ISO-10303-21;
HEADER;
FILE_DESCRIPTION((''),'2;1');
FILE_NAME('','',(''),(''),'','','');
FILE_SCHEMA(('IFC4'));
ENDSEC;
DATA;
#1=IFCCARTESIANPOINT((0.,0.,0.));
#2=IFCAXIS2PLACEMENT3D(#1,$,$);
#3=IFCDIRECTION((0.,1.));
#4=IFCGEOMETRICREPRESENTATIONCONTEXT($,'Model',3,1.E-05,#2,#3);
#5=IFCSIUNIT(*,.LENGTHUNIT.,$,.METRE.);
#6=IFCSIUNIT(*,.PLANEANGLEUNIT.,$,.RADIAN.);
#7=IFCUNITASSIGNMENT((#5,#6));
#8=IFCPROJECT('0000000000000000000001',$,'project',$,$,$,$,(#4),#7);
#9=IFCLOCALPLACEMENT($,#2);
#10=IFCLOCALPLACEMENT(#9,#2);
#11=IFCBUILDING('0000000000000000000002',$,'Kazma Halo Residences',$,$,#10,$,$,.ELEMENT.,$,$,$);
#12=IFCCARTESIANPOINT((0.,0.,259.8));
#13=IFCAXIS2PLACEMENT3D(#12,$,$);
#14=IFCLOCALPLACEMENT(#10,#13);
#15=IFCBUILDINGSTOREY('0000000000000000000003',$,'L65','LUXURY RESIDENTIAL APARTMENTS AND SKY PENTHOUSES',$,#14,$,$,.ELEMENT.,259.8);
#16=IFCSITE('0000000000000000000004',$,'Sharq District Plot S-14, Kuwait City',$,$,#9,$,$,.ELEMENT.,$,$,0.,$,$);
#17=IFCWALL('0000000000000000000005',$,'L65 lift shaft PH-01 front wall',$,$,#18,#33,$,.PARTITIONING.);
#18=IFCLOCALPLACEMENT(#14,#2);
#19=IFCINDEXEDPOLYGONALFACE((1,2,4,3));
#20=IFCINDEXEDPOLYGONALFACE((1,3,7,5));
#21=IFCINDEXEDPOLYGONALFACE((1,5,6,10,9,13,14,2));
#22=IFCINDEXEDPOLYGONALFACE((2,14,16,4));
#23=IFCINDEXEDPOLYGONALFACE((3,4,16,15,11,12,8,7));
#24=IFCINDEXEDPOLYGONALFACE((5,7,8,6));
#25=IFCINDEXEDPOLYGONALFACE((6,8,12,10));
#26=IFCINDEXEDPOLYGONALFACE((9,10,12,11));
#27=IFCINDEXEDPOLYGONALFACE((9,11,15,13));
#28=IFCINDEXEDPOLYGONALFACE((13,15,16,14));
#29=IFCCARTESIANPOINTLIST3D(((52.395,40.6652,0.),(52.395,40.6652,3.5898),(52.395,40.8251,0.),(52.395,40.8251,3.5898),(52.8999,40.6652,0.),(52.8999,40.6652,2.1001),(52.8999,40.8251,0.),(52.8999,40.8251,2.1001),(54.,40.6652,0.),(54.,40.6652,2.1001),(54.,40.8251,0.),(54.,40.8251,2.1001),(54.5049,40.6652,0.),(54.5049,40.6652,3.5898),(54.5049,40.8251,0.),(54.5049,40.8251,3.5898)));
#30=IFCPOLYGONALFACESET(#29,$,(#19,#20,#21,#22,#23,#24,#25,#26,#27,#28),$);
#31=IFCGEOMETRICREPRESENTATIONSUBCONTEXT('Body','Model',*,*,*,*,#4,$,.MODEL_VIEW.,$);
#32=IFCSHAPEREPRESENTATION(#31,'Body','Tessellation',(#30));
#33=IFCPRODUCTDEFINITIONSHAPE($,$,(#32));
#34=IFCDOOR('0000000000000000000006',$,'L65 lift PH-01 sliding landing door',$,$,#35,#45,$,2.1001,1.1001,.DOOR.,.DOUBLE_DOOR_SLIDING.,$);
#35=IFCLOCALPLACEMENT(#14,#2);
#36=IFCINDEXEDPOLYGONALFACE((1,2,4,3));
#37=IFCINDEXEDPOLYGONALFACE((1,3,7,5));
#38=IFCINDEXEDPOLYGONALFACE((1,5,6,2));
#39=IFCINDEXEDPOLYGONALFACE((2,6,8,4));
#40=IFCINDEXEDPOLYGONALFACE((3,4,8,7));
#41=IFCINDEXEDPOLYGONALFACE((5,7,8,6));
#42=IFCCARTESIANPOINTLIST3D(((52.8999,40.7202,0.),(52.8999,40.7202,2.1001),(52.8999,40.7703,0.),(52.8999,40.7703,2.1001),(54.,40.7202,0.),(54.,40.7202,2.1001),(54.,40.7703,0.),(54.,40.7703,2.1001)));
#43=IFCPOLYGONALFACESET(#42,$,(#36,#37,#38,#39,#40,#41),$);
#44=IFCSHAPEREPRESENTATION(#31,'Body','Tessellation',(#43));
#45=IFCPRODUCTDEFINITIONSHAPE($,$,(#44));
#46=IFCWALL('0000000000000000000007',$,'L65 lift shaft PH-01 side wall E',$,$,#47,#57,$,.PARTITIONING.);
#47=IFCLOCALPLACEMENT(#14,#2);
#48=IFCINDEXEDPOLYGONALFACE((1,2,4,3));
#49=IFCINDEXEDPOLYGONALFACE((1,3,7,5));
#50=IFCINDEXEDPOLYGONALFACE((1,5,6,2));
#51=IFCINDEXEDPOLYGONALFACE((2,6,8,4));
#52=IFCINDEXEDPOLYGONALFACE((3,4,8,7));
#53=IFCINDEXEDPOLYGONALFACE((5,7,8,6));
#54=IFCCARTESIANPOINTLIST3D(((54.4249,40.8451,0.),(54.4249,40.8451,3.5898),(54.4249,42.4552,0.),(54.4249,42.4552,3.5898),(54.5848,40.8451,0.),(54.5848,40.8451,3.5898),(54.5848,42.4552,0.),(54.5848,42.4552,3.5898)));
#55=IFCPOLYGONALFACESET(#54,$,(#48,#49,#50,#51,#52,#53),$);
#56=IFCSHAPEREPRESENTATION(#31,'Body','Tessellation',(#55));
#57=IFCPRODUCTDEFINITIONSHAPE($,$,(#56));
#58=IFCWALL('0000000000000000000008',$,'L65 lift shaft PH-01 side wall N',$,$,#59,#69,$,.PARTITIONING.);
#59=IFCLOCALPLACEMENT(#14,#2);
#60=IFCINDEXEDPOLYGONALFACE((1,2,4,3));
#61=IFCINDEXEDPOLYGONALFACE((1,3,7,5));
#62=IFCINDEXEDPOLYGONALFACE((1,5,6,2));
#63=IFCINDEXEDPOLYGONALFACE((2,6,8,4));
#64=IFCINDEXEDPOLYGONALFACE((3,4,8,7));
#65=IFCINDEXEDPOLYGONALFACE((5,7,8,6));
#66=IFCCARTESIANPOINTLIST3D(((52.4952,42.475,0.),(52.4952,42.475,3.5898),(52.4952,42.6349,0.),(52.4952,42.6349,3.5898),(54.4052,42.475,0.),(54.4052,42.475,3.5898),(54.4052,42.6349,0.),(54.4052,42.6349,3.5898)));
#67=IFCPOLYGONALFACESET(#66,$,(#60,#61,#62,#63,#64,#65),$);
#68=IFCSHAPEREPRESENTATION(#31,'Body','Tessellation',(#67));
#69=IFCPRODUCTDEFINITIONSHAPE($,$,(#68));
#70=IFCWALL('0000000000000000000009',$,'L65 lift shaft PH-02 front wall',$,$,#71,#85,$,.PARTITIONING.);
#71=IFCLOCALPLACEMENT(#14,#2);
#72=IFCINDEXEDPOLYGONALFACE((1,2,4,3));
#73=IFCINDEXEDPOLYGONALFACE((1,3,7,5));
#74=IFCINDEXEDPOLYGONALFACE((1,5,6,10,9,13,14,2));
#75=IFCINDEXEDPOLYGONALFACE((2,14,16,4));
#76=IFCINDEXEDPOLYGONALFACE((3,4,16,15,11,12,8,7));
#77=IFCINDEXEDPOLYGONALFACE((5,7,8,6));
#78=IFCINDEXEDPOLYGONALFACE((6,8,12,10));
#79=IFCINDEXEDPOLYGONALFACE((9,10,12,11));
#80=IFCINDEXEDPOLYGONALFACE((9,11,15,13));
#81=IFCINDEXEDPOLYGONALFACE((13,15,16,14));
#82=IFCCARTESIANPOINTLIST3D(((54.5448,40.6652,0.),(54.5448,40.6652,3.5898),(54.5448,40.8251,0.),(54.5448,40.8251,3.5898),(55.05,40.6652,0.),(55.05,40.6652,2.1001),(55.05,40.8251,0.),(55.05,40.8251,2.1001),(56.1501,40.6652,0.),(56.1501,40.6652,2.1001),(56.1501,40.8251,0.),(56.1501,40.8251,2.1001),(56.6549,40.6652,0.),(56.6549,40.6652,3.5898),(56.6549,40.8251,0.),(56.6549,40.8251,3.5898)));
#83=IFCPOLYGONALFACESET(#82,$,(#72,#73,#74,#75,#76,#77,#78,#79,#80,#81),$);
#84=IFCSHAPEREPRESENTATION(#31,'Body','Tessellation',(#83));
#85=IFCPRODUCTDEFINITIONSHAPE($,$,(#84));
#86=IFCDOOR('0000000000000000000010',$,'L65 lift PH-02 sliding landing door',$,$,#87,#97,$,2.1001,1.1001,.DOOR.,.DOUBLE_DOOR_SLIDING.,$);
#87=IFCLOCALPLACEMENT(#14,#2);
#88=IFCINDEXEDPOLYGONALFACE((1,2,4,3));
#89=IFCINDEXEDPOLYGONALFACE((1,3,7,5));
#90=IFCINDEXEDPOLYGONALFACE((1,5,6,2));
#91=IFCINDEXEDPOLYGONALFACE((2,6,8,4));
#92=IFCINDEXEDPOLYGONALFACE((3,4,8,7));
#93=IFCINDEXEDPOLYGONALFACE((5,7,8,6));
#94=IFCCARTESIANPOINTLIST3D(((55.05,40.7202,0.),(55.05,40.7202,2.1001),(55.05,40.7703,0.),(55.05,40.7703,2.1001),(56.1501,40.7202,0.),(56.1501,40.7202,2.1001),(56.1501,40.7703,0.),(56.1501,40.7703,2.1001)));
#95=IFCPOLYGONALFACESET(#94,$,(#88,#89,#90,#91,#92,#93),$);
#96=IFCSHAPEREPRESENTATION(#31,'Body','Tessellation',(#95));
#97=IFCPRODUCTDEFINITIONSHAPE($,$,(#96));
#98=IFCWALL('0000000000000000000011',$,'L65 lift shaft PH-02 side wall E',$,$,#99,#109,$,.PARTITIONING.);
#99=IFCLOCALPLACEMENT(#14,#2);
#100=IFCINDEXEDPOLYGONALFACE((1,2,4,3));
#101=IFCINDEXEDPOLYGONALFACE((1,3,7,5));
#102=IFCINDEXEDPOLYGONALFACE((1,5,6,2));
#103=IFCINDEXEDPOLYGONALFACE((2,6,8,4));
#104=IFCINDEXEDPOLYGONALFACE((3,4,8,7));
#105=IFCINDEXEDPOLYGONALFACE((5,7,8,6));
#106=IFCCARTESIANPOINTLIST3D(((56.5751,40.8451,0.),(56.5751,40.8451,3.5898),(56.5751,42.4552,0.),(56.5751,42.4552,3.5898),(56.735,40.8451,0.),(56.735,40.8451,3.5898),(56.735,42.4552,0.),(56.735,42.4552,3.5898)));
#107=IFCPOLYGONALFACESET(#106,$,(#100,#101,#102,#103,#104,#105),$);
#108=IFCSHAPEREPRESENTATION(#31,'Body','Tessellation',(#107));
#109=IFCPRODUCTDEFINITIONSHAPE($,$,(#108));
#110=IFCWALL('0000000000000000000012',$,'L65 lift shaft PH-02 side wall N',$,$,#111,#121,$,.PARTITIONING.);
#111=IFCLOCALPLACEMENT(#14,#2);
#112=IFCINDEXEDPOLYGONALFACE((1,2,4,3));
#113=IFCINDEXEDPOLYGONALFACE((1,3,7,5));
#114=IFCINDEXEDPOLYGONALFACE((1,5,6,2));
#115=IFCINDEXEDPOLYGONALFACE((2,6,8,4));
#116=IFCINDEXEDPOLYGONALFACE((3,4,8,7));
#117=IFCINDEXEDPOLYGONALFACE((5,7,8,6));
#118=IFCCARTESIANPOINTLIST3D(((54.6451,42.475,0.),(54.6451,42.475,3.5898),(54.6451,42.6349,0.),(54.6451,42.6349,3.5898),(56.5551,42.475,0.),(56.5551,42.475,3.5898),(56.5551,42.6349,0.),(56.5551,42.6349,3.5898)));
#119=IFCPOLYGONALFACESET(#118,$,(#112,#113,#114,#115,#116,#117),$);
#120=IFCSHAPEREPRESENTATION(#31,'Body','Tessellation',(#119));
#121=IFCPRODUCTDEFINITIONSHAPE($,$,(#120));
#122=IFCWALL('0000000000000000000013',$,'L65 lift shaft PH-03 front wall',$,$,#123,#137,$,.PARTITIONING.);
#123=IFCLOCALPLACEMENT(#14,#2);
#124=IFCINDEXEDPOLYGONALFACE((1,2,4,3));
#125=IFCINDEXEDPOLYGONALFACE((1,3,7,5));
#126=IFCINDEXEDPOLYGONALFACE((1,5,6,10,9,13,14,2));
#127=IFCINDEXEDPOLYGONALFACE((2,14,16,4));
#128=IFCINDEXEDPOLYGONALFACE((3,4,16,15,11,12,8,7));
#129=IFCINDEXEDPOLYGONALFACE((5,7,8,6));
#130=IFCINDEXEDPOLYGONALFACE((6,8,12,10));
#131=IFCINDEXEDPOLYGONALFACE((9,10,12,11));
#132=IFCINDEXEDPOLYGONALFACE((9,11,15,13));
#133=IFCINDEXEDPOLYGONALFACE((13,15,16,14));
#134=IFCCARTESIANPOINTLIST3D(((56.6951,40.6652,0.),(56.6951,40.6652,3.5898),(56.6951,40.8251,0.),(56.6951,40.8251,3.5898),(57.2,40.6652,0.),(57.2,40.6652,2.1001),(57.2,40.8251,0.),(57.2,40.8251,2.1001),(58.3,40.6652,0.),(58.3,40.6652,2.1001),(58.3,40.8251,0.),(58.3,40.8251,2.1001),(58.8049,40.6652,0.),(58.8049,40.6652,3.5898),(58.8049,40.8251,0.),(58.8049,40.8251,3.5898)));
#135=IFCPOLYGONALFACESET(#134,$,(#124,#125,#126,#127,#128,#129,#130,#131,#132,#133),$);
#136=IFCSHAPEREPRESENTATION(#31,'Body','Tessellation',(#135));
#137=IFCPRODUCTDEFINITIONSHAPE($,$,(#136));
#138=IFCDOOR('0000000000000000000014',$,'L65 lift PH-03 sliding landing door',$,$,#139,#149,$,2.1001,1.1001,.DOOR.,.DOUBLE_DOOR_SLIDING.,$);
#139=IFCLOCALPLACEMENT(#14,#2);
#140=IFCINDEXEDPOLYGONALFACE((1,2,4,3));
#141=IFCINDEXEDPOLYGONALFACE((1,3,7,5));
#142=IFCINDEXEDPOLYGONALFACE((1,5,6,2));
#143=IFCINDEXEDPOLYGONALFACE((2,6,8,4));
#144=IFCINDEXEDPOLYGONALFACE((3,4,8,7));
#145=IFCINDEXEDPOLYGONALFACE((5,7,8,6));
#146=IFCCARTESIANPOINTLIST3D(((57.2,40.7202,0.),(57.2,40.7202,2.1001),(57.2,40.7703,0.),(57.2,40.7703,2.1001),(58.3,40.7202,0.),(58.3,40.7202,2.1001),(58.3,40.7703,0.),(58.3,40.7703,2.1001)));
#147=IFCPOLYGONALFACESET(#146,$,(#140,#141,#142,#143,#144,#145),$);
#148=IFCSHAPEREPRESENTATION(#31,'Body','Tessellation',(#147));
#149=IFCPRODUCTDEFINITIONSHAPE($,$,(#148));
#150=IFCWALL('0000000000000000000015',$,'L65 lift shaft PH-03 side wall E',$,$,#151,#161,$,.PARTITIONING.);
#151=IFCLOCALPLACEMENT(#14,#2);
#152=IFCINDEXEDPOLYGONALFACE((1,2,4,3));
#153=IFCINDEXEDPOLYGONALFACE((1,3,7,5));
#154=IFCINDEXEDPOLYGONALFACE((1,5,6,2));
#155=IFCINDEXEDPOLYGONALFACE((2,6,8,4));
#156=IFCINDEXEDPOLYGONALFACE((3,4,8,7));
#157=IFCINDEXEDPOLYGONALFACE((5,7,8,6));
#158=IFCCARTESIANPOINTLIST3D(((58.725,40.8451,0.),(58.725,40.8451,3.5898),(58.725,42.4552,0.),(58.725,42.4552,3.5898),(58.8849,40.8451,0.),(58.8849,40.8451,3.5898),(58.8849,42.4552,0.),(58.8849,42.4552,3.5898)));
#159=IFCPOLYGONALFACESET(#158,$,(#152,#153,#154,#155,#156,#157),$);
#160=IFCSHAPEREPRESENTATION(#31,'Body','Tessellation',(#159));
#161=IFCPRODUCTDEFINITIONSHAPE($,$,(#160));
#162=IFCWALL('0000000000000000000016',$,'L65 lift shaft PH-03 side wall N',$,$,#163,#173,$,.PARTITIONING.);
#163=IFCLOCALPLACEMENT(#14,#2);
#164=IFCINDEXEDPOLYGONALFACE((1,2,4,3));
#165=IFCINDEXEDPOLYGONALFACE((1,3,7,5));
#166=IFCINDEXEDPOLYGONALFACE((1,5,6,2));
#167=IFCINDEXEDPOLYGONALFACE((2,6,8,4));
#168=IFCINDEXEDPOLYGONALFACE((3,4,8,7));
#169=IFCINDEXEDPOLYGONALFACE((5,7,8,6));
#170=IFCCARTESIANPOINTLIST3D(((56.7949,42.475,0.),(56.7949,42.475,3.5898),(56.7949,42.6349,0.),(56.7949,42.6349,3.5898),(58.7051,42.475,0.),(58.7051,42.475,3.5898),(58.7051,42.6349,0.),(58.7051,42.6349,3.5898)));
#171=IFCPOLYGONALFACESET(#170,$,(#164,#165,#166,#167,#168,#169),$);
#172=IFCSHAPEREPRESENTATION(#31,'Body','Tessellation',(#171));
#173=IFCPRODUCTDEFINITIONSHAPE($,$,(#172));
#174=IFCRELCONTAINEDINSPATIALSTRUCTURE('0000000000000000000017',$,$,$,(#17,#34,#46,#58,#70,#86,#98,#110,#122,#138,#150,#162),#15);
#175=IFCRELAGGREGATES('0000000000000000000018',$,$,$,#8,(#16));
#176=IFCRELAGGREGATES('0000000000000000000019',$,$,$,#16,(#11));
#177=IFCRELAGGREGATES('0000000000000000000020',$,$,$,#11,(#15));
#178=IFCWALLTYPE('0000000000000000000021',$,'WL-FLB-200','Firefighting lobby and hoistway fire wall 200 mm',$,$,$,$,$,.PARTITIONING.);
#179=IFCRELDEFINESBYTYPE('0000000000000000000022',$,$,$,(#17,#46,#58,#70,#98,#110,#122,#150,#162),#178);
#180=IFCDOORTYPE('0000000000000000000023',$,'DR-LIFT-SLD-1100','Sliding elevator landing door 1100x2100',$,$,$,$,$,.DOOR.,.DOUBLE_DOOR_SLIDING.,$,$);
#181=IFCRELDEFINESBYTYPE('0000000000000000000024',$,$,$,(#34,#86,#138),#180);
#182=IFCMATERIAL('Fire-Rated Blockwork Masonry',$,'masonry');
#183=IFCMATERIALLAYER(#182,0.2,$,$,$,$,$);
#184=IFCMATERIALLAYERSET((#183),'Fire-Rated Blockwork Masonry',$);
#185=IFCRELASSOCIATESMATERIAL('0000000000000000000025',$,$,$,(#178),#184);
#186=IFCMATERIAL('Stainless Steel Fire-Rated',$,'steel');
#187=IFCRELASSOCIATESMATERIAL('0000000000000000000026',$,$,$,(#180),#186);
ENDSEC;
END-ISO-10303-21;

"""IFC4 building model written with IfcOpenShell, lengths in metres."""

from ifc_helpers import new_model, si_unit, direction, frame, frame_2d, origin, place, context, subcontext, project, spatial, rectangle, extrude, material, layer, layer_set, type_object, element, fill, save


model = new_model("IFC4")

# Units and contexts
model_context = context("Model", 3, precision=1e-05, world=origin(), true_north=direction((0.0, 1.0)))
body_context = subcontext(model_context, "Body", "Model", "MODEL_VIEW")
ifc_project = project(units=[si_unit("LENGTHUNIT", "METRE"), si_unit("PLANEANGLEUNIT", "RADIAN")], contexts=[model_context])

# Site, building, storey
site_placement = place(None, origin())
site = spatial("IfcSite", under=ifc_project, at=site_placement, Name="Sharq District Plot S-14, Kuwait City", CompositionType="ELEMENT", RefElevation=0.0)
building_placement = place(site_placement, origin())
building = spatial("IfcBuilding", under=site, at=building_placement, Name="Kazma Halo Residences", CompositionType="ELEMENT")
storey_placement = place(building_placement, frame((0.0, 0.0, 259.8)))
storey = spatial("IfcBuildingStorey", under=building, at=storey_placement, Name="L65", Description="LUXURY RESIDENTIAL APARTMENTS AND SKY PENTHOUSES", CompositionType="ELEMENT", Elevation=259.8)

# Wall, opening, door
ifc_material_1 = material(Name="Fire-Rated Blockwork Masonry", Category="masonry")
ifc_layer_1 = layer(ifc_material_1, 0.2)
ifc_layer_set_1 = layer_set([ifc_layer_1], Name="Fire-Rated Blockwork Masonry")
wall_type_1 = type_object("IfcWallType", Name="WL-FLB-200", Description="Firefighting lobby and hoistway fire wall 200 mm", PredefinedType="PARTITIONING", material=ifc_layer_set_1)
wall_1_placement = place(storey_placement, frame((54.5049, 40.7451, 0.0), z_axis=(0.0, 0.0, 1.0), x_axis=(-1.0, 0.0, 0.0)))
wall_1 = element("IfcWall", 1, at=wall_1_placement, inside=storey, type_object=wall_type_1, Name="L65 lift shaft PH-01 front wall", PredefinedType="PARTITIONING", context=body_context, shape_type="SweptSolid", body=[
    extrude(rectangle(XDim=2.1099, YDim=0.1599, at=frame_2d((1.0549, 0.0))), origin(), (0.0, 0.0, 1.0), 3.5898),
])
opening_1_placement = place(wall_1_placement, frame((0.5049, 0.0, 0.0)))
opening_1 = element("IfcOpeningElement", 2, at=opening_1_placement, cuts=wall_1, PredefinedType="OPENING", context=body_context, shape_type="SweptSolid", body=[
    extrude(rectangle(XDim=1.1001, YDim=2.1001, at=frame_2d((0.55, 1.05))), frame((0.0, 0.0898, 0.0), z_axis=(0.0, -1.0, 0.0), x_axis=(1.0, 0.0, 0.0)), (0.0, 0.0, 1.0), 0.1799),
])
ifc_material_2 = material(Name="Stainless Steel Fire-Rated", Category="steel")
door_type_1 = type_object("IfcDoorType", Name="DR-LIFT-SLD-1100", Description="Sliding elevator landing door 1100x2100", OperationType="DOUBLE_DOOR_SLIDING", PredefinedType="DOOR", material=ifc_material_2)
door_1_placement = place(opening_1_placement, origin())
door_1 = element("IfcDoor", 3, at=door_1_placement, inside=storey, type_object=door_type_1, Name="L65 lift PH-01 sliding landing door", OperationType="DOUBLE_DOOR_SLIDING", OverallHeight=2.1001, OverallWidth=1.1001, PredefinedType="DOOR", context=body_context, shape_type="SweptSolid", body=[
    extrude(rectangle(XDim=1.1001, YDim=2.1001, at=frame_2d((0.55, 1.05))), frame((0.0, 0.0249, 0.0), z_axis=(0.0, -1.0, 0.0), x_axis=(1.0, 0.0, 0.0)), (0.0, 0.0, 1.0), 0.05),
])
fill(opening_1, door_1)

# Walls
wall_2_placement = place(storey_placement, frame((54.5049, 40.845, 0.0), z_axis=(0.0, 0.0, 1.0), x_axis=(0.0, 1.0, 0.0)))
element("IfcWall", 4, at=wall_2_placement, inside=storey, type_object=wall_type_1, Name="L65 lift shaft PH-01 side wall E", PredefinedType="PARTITIONING", context=body_context, shape_type="SweptSolid", body=[
    extrude(rectangle(XDim=1.6101, YDim=0.1599, at=frame_2d((0.8052, 0.0))), origin(), (0.0, 0.0, 1.0), 3.5898),
])
wall_3_placement = place(storey_placement, frame((52.4951, 42.5549, 0.0), z_axis=(0.0, 0.0, 1.0), x_axis=(1.0, 0.0, 0.0)))
element("IfcWall", 5, at=wall_3_placement, inside=storey, type_object=wall_type_1, Name="L65 lift shaft PH-01 side wall N", PredefinedType="PARTITIONING", context=body_context, shape_type="SweptSolid", body=[
    extrude(rectangle(XDim=1.9099, YDim=0.1599, at=frame_2d((0.9551, 0.0))), origin(), (0.0, 0.0, 1.0), 3.5898),
])

# Wall, opening, door
wall_4_placement = place(storey_placement, frame((56.655, 40.7451, 0.0), z_axis=(0.0, 0.0, 1.0), x_axis=(-1.0, 0.0, 0.0)))
wall_4 = element("IfcWall", 6, at=wall_4_placement, inside=storey, type_object=wall_type_1, Name="L65 lift shaft PH-02 front wall", PredefinedType="PARTITIONING", context=body_context, shape_type="SweptSolid", body=[
    extrude(rectangle(XDim=2.1101, YDim=0.1599, at=frame_2d((1.0552, 0.0))), origin(), (0.0, 0.0, 1.0), 3.5898),
])
opening_2_placement = place(wall_4_placement, frame((0.5049, 0.0, 0.0)))
opening_2 = element("IfcOpeningElement", 7, at=opening_2_placement, cuts=wall_4, PredefinedType="OPENING", context=body_context, shape_type="SweptSolid", body=[
    extrude(rectangle(XDim=1.1001, YDim=2.1001, at=frame_2d((0.55, 1.05))), frame((0.0, 0.0898, 0.0), z_axis=(0.0, -1.0, 0.0), x_axis=(1.0, 0.0, 0.0)), (0.0, 0.0, 1.0), 0.1799),
])
door_2_placement = place(opening_2_placement, origin())
door_2 = element("IfcDoor", 8, at=door_2_placement, inside=storey, type_object=door_type_1, Name="L65 lift PH-02 sliding landing door", OperationType="DOUBLE_DOOR_SLIDING", OverallHeight=2.1001, OverallWidth=1.1001, PredefinedType="DOOR", context=body_context, shape_type="SweptSolid", body=[
    extrude(rectangle(XDim=1.1001, YDim=2.1001, at=frame_2d((0.55, 1.05))), frame((0.0, 0.0249, 0.0), z_axis=(0.0, -1.0, 0.0), x_axis=(1.0, 0.0, 0.0)), (0.0, 0.0, 1.0), 0.05),
])
fill(opening_2, door_2)

# Walls
wall_5_placement = place(storey_placement, frame((56.655, 40.845, 0.0), z_axis=(0.0, 0.0, 1.0), x_axis=(0.0, 1.0, 0.0)))
element("IfcWall", 9, at=wall_5_placement, inside=storey, type_object=wall_type_1, Name="L65 lift shaft PH-02 side wall E", PredefinedType="PARTITIONING", context=body_context, shape_type="SweptSolid", body=[
    extrude(rectangle(XDim=1.6101, YDim=0.1599, at=frame_2d((0.8052, 0.0))), origin(), (0.0, 0.0, 1.0), 3.5898),
])
wall_6_placement = place(storey_placement, frame((54.645, 42.5549, 0.0), z_axis=(0.0, 0.0, 1.0), x_axis=(1.0, 0.0, 0.0)))
element("IfcWall", 10, at=wall_6_placement, inside=storey, type_object=wall_type_1, Name="L65 lift shaft PH-02 side wall N", PredefinedType="PARTITIONING", context=body_context, shape_type="SweptSolid", body=[
    extrude(rectangle(XDim=1.9099, YDim=0.1599, at=frame_2d((0.9551, 0.0))), origin(), (0.0, 0.0, 1.0), 3.5898),
])

# Wall, opening, door
wall_7_placement = place(storey_placement, frame((58.8049, 40.7451, 0.0), z_axis=(0.0, 0.0, 1.0), x_axis=(-1.0, 0.0, 0.0)))
wall_7 = element("IfcWall", 11, at=wall_7_placement, inside=storey, type_object=wall_type_1, Name="L65 lift shaft PH-03 front wall", PredefinedType="PARTITIONING", context=body_context, shape_type="SweptSolid", body=[
    extrude(rectangle(XDim=2.1099, YDim=0.1599, at=frame_2d((1.0549, 0.0))), origin(), (0.0, 0.0, 1.0), 3.5898),
])
opening_3_placement = place(wall_7_placement, frame((0.5049, 0.0, 0.0)))
opening_3 = element("IfcOpeningElement", 12, at=opening_3_placement, cuts=wall_7, PredefinedType="OPENING", context=body_context, shape_type="SweptSolid", body=[
    extrude(rectangle(XDim=1.1001, YDim=2.1001, at=frame_2d((0.55, 1.05))), frame((0.0, 0.0898, 0.0), z_axis=(0.0, -1.0, 0.0), x_axis=(1.0, 0.0, 0.0)), (0.0, 0.0, 1.0), 0.1799),
])
door_3_placement = place(opening_3_placement, origin())
door_3 = element("IfcDoor", 13, at=door_3_placement, inside=storey, type_object=door_type_1, Name="L65 lift PH-03 sliding landing door", OperationType="DOUBLE_DOOR_SLIDING", OverallHeight=2.1001, OverallWidth=1.1001, PredefinedType="DOOR", context=body_context, shape_type="SweptSolid", body=[
    extrude(rectangle(XDim=1.1001, YDim=2.1001, at=frame_2d((0.55, 1.05))), frame((0.0, 0.0249, 0.0), z_axis=(0.0, -1.0, 0.0), x_axis=(1.0, 0.0, 0.0)), (0.0, 0.0, 1.0), 0.05),
])
fill(opening_3, door_3)

# Walls
wall_8_placement = place(storey_placement, frame((58.8049, 40.845, 0.0), z_axis=(0.0, 0.0, 1.0), x_axis=(0.0, 1.0, 0.0)))
element("IfcWall", 14, at=wall_8_placement, inside=storey, type_object=wall_type_1, Name="L65 lift shaft PH-03 side wall E", PredefinedType="PARTITIONING", context=body_context, shape_type="SweptSolid", body=[
    extrude(rectangle(XDim=1.6101, YDim=0.1599, at=frame_2d((0.8052, 0.0))), origin(), (0.0, 0.0, 1.0), 3.5898),
])
wall_9_placement = place(storey_placement, frame((56.7949, 42.5549, 0.0), z_axis=(0.0, 0.0, 1.0), x_axis=(1.0, 0.0, 0.0)))
element("IfcWall", 15, at=wall_9_placement, inside=storey, type_object=wall_type_1, Name="L65 lift shaft PH-03 side wall N", PredefinedType="PARTITIONING", context=body_context, shape_type="SweptSolid", body=[
    extrude(rectangle(XDim=1.9102, YDim=0.1599, at=frame_2d((0.9551, 0.0))), origin(), (0.0, 0.0, 1.0), 3.5898),
])

save(model, "model.ifc")
